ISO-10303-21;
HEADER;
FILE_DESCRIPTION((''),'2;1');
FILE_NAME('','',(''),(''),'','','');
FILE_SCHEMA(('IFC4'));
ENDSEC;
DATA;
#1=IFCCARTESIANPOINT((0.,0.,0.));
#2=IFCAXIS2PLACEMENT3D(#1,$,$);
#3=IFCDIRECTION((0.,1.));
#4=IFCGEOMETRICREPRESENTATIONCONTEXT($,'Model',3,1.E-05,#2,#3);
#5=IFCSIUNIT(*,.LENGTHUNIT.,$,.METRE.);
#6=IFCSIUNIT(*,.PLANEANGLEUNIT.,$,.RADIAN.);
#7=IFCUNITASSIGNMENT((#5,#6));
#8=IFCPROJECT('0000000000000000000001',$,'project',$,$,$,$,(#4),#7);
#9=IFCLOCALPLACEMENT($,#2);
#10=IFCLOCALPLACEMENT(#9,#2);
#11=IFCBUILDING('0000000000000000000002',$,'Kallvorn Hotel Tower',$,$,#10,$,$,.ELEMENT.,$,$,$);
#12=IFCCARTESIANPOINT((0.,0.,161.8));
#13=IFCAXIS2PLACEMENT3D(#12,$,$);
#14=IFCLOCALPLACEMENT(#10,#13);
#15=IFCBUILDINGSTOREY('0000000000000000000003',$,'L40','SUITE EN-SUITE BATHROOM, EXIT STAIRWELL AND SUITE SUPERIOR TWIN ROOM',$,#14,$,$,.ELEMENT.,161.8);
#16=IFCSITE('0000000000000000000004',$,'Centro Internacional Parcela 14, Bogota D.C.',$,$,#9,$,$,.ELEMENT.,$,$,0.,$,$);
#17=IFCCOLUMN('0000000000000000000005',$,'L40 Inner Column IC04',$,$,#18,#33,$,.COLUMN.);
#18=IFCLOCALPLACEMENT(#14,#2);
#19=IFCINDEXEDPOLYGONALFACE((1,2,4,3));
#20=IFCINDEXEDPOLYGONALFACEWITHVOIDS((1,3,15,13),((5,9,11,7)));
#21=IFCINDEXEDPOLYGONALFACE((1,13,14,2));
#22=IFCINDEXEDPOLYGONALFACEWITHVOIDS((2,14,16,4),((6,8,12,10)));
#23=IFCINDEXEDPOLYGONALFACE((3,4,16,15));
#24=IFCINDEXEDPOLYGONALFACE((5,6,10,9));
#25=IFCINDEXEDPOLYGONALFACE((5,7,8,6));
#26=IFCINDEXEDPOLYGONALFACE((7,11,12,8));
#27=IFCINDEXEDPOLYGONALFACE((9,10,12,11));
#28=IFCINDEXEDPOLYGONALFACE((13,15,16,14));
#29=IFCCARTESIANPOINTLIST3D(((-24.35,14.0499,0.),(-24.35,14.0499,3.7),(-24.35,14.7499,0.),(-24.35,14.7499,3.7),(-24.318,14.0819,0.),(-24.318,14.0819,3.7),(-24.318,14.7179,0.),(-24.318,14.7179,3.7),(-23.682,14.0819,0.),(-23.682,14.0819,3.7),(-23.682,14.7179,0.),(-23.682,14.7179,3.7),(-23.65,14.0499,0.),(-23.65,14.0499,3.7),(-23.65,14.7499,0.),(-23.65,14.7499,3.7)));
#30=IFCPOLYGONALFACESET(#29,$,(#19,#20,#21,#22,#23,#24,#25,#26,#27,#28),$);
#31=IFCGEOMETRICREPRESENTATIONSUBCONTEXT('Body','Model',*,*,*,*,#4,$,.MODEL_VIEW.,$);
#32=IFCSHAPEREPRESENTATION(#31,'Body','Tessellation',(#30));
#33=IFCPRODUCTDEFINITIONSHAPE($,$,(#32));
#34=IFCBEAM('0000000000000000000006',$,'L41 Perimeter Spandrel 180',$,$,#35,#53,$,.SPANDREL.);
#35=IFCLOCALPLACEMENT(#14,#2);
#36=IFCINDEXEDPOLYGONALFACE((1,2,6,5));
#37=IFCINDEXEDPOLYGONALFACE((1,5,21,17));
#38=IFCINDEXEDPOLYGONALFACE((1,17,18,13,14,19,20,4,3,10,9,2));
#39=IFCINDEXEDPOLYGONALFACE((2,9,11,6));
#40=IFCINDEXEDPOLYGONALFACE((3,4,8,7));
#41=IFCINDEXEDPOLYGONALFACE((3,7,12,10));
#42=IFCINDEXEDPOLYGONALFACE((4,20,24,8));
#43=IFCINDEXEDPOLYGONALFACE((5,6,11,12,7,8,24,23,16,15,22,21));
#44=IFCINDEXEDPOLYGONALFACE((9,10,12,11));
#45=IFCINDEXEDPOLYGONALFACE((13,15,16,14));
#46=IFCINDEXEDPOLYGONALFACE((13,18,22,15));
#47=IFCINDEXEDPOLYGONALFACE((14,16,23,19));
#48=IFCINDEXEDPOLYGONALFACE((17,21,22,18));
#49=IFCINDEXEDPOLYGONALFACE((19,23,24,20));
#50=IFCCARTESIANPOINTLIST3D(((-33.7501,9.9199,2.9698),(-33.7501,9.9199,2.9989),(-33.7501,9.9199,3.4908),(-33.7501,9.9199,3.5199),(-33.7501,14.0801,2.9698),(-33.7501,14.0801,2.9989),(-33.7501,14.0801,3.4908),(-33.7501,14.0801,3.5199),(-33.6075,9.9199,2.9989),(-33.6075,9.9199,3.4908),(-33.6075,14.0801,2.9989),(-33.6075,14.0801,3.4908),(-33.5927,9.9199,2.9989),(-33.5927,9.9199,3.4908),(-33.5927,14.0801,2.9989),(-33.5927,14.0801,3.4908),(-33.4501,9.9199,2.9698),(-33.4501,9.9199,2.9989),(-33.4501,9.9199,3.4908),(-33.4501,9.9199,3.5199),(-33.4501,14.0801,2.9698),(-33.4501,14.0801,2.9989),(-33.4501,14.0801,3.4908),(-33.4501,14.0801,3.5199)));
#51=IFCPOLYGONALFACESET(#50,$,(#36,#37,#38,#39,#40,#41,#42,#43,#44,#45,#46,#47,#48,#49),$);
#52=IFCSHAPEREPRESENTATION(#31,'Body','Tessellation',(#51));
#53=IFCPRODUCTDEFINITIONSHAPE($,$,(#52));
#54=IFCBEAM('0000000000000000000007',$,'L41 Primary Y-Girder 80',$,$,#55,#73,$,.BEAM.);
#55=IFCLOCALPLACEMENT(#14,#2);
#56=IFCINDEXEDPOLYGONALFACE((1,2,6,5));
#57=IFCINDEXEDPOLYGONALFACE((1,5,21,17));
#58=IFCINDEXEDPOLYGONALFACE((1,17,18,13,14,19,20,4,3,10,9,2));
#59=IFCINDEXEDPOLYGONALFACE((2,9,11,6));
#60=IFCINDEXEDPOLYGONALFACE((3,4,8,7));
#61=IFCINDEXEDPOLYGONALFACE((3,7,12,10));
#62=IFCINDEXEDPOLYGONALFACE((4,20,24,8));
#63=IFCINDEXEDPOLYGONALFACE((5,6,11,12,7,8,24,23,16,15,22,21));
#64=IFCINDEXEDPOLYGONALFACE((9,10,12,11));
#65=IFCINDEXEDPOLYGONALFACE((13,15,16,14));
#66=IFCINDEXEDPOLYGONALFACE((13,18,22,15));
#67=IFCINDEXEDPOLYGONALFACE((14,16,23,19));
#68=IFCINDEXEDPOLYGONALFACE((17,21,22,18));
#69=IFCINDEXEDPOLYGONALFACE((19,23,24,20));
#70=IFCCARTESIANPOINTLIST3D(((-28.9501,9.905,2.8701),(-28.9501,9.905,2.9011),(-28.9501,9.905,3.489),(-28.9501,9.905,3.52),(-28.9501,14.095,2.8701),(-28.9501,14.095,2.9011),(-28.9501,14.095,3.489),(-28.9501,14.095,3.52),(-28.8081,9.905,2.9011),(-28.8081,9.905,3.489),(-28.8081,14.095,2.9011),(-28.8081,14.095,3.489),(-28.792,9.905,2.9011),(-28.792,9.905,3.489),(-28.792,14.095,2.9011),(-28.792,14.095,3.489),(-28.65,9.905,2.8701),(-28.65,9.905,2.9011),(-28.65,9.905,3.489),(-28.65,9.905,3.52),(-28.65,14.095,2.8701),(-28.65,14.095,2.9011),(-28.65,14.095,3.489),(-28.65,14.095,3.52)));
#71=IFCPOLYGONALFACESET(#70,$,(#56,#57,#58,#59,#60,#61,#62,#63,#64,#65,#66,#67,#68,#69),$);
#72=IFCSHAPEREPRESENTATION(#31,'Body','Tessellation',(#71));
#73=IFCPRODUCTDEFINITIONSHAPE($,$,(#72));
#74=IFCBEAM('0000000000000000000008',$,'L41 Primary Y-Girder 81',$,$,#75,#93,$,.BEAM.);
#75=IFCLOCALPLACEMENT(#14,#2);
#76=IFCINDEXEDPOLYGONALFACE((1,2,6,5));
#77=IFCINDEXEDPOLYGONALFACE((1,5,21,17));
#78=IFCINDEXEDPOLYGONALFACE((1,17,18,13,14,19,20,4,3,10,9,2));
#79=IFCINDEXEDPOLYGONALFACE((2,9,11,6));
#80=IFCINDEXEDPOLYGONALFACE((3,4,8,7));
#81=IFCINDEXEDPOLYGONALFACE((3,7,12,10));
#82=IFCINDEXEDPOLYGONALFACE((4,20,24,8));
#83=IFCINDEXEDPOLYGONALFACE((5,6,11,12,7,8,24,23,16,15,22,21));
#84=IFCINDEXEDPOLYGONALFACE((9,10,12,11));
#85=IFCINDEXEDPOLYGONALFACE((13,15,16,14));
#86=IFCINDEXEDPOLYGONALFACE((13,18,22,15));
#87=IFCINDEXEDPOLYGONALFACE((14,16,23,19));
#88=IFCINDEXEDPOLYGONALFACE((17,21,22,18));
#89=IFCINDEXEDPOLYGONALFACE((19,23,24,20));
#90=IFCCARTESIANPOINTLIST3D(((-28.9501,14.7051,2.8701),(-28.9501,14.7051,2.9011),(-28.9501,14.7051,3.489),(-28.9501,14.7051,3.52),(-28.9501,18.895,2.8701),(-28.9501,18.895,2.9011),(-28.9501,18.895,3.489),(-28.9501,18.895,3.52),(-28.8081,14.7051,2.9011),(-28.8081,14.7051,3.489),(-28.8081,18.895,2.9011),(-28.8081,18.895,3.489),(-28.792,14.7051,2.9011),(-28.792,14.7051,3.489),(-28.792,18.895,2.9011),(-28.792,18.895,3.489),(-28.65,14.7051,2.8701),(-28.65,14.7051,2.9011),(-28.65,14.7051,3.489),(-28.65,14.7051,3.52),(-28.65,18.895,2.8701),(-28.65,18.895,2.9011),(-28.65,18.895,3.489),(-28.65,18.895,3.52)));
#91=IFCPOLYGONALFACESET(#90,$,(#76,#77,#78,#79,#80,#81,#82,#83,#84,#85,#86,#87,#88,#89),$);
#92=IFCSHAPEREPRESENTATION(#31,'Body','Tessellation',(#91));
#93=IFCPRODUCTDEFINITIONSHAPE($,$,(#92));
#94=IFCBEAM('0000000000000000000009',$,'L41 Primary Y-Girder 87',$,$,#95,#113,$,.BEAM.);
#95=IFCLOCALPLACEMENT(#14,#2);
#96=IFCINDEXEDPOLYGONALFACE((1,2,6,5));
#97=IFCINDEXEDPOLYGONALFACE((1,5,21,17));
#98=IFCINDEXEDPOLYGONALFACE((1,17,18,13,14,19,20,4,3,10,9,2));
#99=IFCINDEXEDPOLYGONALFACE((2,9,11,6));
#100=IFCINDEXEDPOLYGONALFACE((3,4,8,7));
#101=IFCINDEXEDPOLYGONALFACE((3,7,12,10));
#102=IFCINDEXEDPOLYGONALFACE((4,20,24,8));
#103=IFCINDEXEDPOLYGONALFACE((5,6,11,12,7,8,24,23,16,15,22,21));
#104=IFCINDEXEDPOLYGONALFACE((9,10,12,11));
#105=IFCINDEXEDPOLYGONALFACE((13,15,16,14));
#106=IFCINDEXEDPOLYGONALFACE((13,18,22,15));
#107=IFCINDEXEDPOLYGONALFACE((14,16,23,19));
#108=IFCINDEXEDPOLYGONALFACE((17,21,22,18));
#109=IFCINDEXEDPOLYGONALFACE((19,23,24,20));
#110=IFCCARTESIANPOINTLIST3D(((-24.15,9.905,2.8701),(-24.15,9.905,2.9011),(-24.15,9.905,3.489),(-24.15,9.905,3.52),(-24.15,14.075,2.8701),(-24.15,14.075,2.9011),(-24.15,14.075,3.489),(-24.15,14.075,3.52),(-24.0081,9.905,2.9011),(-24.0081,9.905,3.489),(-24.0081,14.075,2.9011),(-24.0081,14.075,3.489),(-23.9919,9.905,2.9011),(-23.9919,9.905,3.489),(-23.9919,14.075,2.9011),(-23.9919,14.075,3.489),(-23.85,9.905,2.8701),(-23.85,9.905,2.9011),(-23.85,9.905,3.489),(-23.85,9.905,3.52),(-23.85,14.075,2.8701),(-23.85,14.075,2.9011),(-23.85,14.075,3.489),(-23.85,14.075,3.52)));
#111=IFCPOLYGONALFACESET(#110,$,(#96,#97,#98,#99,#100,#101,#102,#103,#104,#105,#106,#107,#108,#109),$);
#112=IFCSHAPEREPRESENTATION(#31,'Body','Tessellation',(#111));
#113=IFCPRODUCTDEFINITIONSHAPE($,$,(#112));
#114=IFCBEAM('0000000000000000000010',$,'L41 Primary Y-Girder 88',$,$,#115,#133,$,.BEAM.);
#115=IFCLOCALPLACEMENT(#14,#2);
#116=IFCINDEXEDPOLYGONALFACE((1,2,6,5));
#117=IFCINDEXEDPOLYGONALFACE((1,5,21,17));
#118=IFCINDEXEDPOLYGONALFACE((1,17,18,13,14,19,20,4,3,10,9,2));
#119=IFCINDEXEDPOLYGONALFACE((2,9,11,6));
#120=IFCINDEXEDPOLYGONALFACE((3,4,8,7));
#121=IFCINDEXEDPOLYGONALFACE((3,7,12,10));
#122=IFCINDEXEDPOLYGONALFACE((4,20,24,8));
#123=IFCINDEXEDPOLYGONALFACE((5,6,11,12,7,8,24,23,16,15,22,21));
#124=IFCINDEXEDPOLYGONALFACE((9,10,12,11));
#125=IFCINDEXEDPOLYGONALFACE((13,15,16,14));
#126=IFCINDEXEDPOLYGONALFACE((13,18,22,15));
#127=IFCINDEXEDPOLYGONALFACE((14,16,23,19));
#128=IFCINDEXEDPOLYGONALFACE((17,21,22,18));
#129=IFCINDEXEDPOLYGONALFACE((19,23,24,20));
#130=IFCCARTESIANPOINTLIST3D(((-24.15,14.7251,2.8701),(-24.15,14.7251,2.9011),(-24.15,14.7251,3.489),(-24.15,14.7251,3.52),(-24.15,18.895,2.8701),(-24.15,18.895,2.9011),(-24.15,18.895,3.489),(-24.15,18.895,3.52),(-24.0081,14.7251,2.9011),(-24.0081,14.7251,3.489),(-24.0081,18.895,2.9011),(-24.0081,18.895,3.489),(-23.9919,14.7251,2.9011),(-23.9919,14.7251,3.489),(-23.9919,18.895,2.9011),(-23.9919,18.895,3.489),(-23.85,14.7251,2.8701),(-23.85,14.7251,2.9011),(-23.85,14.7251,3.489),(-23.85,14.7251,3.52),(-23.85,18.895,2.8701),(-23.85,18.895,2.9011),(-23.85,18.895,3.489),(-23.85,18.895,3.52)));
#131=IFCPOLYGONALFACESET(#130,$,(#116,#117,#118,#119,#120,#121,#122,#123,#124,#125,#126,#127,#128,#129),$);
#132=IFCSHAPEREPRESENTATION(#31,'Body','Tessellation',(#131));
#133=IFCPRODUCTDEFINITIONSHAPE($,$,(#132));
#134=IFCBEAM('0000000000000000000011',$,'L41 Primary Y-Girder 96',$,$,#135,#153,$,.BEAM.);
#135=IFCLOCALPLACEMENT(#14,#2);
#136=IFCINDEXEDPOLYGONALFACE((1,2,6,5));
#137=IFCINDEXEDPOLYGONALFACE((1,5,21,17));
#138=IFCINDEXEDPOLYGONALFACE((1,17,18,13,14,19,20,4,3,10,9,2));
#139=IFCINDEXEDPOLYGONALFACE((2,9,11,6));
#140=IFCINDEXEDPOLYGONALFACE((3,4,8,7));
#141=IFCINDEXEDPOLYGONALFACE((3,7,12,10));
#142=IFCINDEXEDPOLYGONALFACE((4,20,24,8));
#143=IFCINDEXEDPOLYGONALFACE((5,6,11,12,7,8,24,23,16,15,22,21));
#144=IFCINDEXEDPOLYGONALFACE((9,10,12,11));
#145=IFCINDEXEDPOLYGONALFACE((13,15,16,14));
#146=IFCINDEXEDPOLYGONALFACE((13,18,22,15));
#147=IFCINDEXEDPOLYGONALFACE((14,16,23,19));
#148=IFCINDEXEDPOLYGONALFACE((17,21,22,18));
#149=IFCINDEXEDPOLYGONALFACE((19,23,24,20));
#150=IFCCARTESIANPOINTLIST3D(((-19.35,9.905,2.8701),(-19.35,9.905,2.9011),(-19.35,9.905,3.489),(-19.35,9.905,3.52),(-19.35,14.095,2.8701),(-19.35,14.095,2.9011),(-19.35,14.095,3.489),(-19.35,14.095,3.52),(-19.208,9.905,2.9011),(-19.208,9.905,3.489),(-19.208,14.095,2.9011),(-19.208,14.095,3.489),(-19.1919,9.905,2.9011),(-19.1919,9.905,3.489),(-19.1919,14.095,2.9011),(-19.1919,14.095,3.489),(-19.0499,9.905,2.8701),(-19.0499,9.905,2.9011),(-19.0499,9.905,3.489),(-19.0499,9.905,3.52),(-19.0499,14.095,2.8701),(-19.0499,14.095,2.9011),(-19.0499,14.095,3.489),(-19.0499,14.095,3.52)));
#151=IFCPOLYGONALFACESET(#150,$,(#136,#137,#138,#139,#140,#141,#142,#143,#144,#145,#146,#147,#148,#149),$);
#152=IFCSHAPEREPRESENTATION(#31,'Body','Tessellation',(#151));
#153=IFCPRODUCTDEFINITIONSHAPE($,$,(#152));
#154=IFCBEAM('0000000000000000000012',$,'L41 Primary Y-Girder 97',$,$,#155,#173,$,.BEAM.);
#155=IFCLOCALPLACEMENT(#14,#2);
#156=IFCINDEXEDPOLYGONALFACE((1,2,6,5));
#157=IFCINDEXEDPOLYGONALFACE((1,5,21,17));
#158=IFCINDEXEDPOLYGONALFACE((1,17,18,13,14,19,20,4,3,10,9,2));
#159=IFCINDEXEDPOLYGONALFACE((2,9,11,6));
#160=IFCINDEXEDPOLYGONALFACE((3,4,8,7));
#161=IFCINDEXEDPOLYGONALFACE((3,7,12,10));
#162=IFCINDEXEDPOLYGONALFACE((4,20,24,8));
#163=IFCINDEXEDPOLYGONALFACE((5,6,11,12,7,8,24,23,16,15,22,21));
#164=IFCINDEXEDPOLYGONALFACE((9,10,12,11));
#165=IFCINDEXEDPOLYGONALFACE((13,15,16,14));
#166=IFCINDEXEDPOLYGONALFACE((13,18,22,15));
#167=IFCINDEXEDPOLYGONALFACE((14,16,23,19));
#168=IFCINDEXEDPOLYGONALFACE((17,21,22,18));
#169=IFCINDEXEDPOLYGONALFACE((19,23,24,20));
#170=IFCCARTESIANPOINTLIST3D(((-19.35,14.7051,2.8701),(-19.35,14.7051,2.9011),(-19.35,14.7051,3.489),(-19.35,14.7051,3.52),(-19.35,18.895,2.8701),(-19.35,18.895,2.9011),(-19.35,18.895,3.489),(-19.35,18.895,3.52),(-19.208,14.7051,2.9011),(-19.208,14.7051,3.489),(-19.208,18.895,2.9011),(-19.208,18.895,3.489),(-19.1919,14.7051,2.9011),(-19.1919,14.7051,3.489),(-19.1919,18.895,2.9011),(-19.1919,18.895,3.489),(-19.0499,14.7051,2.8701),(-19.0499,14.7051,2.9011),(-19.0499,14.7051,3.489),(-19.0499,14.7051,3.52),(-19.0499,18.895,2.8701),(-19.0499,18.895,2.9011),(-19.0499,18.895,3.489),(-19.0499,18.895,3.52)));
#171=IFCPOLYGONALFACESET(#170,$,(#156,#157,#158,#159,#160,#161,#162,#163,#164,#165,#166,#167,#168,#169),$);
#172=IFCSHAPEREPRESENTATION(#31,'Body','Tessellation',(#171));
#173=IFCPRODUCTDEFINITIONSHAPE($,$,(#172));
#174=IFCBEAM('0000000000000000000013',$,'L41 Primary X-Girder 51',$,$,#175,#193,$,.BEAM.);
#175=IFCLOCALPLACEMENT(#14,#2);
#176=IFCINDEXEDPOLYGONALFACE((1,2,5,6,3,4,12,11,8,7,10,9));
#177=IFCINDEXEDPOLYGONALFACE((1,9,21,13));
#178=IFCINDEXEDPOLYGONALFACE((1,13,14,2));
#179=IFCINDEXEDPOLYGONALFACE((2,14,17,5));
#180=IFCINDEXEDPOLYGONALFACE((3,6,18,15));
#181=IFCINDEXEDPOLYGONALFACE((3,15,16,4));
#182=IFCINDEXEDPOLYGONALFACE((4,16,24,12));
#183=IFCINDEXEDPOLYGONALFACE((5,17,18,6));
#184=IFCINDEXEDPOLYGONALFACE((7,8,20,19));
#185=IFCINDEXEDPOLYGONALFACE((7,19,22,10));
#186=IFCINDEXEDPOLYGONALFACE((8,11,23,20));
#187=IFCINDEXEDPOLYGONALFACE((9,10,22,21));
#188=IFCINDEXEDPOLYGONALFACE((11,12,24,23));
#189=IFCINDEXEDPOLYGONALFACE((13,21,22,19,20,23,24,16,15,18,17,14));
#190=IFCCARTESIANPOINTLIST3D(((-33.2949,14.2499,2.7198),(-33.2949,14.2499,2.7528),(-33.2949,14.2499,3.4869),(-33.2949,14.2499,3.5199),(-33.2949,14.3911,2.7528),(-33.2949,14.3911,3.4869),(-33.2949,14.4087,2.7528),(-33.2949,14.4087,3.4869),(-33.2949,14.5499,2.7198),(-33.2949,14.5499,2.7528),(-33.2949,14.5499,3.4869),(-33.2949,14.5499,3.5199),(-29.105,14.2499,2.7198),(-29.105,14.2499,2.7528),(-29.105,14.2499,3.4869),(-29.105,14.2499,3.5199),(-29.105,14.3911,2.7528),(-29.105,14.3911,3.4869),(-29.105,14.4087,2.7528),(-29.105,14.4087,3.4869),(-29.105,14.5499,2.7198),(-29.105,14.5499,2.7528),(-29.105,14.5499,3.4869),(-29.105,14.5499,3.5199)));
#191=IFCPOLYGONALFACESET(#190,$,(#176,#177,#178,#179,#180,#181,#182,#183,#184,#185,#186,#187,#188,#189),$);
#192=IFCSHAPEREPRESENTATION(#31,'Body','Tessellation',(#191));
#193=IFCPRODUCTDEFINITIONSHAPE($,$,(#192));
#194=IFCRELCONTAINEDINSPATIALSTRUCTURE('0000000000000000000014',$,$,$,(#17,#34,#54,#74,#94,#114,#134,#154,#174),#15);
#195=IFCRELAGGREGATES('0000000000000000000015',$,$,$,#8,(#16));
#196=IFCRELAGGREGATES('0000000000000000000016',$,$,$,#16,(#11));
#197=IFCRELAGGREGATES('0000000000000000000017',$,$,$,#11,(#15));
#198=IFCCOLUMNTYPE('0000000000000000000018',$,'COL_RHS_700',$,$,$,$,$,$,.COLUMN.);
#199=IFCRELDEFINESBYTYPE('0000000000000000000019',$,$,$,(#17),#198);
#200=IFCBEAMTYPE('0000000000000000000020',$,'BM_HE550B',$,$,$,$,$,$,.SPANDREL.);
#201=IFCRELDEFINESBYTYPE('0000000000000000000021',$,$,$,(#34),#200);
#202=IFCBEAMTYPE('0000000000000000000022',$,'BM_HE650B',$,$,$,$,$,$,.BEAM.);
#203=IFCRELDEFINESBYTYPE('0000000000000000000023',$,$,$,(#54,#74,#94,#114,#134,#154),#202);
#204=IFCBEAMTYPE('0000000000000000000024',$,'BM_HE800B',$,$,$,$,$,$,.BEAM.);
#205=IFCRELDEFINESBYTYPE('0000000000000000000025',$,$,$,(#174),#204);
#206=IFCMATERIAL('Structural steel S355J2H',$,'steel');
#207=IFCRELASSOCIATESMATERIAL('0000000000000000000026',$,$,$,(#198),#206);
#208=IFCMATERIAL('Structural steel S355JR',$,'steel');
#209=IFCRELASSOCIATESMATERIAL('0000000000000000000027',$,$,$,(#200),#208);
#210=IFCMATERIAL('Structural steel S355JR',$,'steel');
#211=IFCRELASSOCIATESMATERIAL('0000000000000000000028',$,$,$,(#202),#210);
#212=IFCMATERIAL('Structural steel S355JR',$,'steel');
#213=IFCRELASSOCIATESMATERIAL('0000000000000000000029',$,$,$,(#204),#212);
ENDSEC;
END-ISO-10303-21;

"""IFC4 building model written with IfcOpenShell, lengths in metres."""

from ifc_helpers import new_model, si_unit, direction, frame, origin, origin_2d, place, context, subcontext, project, spatial, hollow_rectangle, i_section, extrude, material, material_profile, profile_set, type_object, element, save


model = new_model("IFC4")

# Units and contexts
model_context = context("Model", 3, precision=1e-05, world=origin(), true_north=direction((0.0, 1.0)))
body_context = subcontext(model_context, "Body", "Model", "MODEL_VIEW")
ifc_project = project(units=[si_unit("LENGTHUNIT", "METRE"), si_unit("PLANEANGLEUNIT", "RADIAN")], contexts=[model_context])

# Site, building, storey
site_placement = place(None, origin())
site = spatial("IfcSite", under=ifc_project, at=site_placement, Name="Centro Internacional Parcela 14, Bogota D.C.", CompositionType="ELEMENT", RefElevation=0.0)
building_placement = place(site_placement, origin())
building = spatial("IfcBuilding", under=site, at=building_placement, Name="Kallvorn Hotel Tower", CompositionType="ELEMENT")
storey_placement = place(building_placement, frame((0.0, 0.0, 161.8)))
storey = spatial("IfcBuildingStorey", under=building, at=storey_placement, Name="L40", Description="SUITE EN-SUITE BATHROOM, EXIT STAIRWELL AND SUITE SUPERIOR TWIN ROOM", CompositionType="ELEMENT", Elevation=161.8)

# Column
ifc_material_1 = material(Name="Structural steel S355J2H", Category="steel")
ifc_material_profile_1 = material_profile(ifc_material_1, hollow_rectangle(XDim=0.7, YDim=0.7, WallThickness=0.032, at=origin_2d()), Name="RHS 700x700x32")
ifc_profile_set_1 = profile_set([ifc_material_profile_1], Name="Structural steel S355J2H")
column_type_1 = type_object("IfcColumnType", Name="COL_RHS_700", PredefinedType="COLUMN", material=ifc_profile_set_1)
column_placement = place(storey_placement, frame((-24.0, 14.3999, 0.0), z_axis=(0.0, 0.0, 1.0), x_axis=(1.0, 0.0, 0.0)))
element("IfcColumn", 1, at=column_placement, inside=storey, type_object=column_type_1, Name="L40 Inner Column IC04", PredefinedType="COLUMN", context=body_context, shape_type="SweptSolid", body=[
    extrude(hollow_rectangle(XDim=0.7, YDim=0.7, WallThickness=0.032, at=origin_2d()), origin(), (0.0, 0.0, 1.0), 3.7),
])

# Beams
ifc_material_2 = material(Name="Structural steel S355JR", Category="steel")
ifc_material_profile_2 = material_profile(ifc_material_2, i_section(OverallWidth=0.3, OverallDepth=0.55, WebThickness=0.0149, FlangeThickness=0.0291, at=origin_2d()), Name="HE 550 B")
ifc_profile_set_2 = profile_set([ifc_material_profile_2], Name="Structural steel S355JR")
beam_type_1 = type_object("IfcBeamType", Name="BM_HE550B", PredefinedType="SPANDREL", material=ifc_profile_set_2)
beam_1_placement = place(storey_placement, frame((-33.6001, 9.9199, 3.2449), z_axis=(0.0, 1.0, 0.0), x_axis=(-1.0, 0.0, 0.0)))
element("IfcBeam", 2, at=beam_1_placement, inside=storey, type_object=beam_type_1, Name="L41 Perimeter Spandrel 180", PredefinedType="SPANDREL", context=body_context, shape_type="SweptSolid", body=[
    extrude(i_section(OverallWidth=0.3, OverallDepth=0.55, WebThickness=0.0149, FlangeThickness=0.0291, at=origin_2d()), origin(), (0.0, 0.0, 1.0), 4.1602),
])
ifc_material_3 = material(Name="Structural steel S355JR", Category="steel")
ifc_material_profile_3 = material_profile(ifc_material_3, i_section(OverallWidth=0.3, OverallDepth=0.6499, WebThickness=0.0161, FlangeThickness=0.031, at=origin_2d()), Name="HE 650 B")
ifc_profile_set_3 = profile_set([ifc_material_profile_3], Name="Structural steel S355JR")
beam_type_2 = type_object("IfcBeamType", Name="BM_HE650B", PredefinedType="BEAM", material=ifc_profile_set_3)
for number, where, z_axis, x_axis, name in (
    (3, (-28.8, 9.905, 3.1951), (0.0, 1.0, 0.0), (-1.0, 0.0, 0.0), "L41 Primary Y-Girder 80"),
    (4, (-28.8, 14.7051, 3.1951), (0.0, 1.0, 0.0), (-1.0, 0.0, 0.0), "L41 Primary Y-Girder 81"),
):
    element("IfcBeam", number, at=place(storey_placement, frame(where, z_axis=z_axis, x_axis=x_axis)), inside=storey, type_object=beam_type_2, Name=name, PredefinedType="BEAM", context=body_context, shape_type="SweptSolid", body=[
        extrude(i_section(OverallWidth=0.3, OverallDepth=0.6499, WebThickness=0.0161, FlangeThickness=0.031, at=origin_2d()), origin(), (0.0, 0.0, 1.0), 4.1899),
    ])
for number, where, z_axis, x_axis, name in (
    (5, (-24.0, 9.905, 3.1951), (0.0, 1.0, 0.0), (-1.0, 0.0, 0.0), "L41 Primary Y-Girder 87"),
    (6, (-24.0, 14.7251, 3.1951), (0.0, 1.0, 0.0), (-1.0, 0.0, 0.0), "L41 Primary Y-Girder 88"),
):
    element("IfcBeam", number, at=place(storey_placement, frame(where, z_axis=z_axis, x_axis=x_axis)), inside=storey, type_object=beam_type_2, Name=name, PredefinedType="BEAM", context=body_context, shape_type="SweptSolid", body=[
        extrude(i_section(OverallWidth=0.3, OverallDepth=0.6499, WebThickness=0.0161, FlangeThickness=0.031, at=origin_2d()), origin(), (0.0, 0.0, 1.0), 4.1699),
    ])
for number, where, z_axis, x_axis, name in (
    (7, (-19.2, 9.905, 3.1951), (0.0, 1.0, 0.0), (-1.0, 0.0, 0.0), "L41 Primary Y-Girder 96"),
    (8, (-19.2, 14.7051, 3.1951), (0.0, 1.0, 0.0), (-1.0, 0.0, 0.0), "L41 Primary Y-Girder 97"),
):
    element("IfcBeam", number, at=place(storey_placement, frame(where, z_axis=z_axis, x_axis=x_axis)), inside=storey, type_object=beam_type_2, Name=name, PredefinedType="BEAM", context=body_context, shape_type="SweptSolid", body=[
        extrude(i_section(OverallWidth=0.3, OverallDepth=0.6499, WebThickness=0.0161, FlangeThickness=0.031, at=origin_2d()), origin(), (0.0, 0.0, 1.0), 4.1899),
    ])
ifc_material_4 = material(Name="Structural steel S355JR", Category="steel")
ifc_material_profile_4 = material_profile(ifc_material_4, i_section(OverallWidth=0.3, OverallDepth=0.8, WebThickness=0.0176, FlangeThickness=0.033, at=origin_2d()), Name="HE 800 B")
ifc_profile_set_4 = profile_set([ifc_material_profile_4], Name="Structural steel S355JR")
beam_type_3 = type_object("IfcBeamType", Name="BM_HE800B", PredefinedType="BEAM", material=ifc_profile_set_4)
beam_2_placement = place(storey_placement, frame((-33.2949, 14.3999, 3.1199), z_axis=(1.0, 0.0, 0.0), x_axis=(0.0, 1.0, 0.0)))
element("IfcBeam", 9, at=beam_2_placement, inside=storey, type_object=beam_type_3, Name="L41 Primary X-Girder 51", PredefinedType="BEAM", context=body_context, shape_type="SweptSolid", body=[
    extrude(i_section(OverallWidth=0.3, OverallDepth=0.8, WebThickness=0.0176, FlangeThickness=0.033, at=origin_2d()), origin(), (0.0, 0.0, 1.0), 4.1899),
])

save(model, "model.ifc")
